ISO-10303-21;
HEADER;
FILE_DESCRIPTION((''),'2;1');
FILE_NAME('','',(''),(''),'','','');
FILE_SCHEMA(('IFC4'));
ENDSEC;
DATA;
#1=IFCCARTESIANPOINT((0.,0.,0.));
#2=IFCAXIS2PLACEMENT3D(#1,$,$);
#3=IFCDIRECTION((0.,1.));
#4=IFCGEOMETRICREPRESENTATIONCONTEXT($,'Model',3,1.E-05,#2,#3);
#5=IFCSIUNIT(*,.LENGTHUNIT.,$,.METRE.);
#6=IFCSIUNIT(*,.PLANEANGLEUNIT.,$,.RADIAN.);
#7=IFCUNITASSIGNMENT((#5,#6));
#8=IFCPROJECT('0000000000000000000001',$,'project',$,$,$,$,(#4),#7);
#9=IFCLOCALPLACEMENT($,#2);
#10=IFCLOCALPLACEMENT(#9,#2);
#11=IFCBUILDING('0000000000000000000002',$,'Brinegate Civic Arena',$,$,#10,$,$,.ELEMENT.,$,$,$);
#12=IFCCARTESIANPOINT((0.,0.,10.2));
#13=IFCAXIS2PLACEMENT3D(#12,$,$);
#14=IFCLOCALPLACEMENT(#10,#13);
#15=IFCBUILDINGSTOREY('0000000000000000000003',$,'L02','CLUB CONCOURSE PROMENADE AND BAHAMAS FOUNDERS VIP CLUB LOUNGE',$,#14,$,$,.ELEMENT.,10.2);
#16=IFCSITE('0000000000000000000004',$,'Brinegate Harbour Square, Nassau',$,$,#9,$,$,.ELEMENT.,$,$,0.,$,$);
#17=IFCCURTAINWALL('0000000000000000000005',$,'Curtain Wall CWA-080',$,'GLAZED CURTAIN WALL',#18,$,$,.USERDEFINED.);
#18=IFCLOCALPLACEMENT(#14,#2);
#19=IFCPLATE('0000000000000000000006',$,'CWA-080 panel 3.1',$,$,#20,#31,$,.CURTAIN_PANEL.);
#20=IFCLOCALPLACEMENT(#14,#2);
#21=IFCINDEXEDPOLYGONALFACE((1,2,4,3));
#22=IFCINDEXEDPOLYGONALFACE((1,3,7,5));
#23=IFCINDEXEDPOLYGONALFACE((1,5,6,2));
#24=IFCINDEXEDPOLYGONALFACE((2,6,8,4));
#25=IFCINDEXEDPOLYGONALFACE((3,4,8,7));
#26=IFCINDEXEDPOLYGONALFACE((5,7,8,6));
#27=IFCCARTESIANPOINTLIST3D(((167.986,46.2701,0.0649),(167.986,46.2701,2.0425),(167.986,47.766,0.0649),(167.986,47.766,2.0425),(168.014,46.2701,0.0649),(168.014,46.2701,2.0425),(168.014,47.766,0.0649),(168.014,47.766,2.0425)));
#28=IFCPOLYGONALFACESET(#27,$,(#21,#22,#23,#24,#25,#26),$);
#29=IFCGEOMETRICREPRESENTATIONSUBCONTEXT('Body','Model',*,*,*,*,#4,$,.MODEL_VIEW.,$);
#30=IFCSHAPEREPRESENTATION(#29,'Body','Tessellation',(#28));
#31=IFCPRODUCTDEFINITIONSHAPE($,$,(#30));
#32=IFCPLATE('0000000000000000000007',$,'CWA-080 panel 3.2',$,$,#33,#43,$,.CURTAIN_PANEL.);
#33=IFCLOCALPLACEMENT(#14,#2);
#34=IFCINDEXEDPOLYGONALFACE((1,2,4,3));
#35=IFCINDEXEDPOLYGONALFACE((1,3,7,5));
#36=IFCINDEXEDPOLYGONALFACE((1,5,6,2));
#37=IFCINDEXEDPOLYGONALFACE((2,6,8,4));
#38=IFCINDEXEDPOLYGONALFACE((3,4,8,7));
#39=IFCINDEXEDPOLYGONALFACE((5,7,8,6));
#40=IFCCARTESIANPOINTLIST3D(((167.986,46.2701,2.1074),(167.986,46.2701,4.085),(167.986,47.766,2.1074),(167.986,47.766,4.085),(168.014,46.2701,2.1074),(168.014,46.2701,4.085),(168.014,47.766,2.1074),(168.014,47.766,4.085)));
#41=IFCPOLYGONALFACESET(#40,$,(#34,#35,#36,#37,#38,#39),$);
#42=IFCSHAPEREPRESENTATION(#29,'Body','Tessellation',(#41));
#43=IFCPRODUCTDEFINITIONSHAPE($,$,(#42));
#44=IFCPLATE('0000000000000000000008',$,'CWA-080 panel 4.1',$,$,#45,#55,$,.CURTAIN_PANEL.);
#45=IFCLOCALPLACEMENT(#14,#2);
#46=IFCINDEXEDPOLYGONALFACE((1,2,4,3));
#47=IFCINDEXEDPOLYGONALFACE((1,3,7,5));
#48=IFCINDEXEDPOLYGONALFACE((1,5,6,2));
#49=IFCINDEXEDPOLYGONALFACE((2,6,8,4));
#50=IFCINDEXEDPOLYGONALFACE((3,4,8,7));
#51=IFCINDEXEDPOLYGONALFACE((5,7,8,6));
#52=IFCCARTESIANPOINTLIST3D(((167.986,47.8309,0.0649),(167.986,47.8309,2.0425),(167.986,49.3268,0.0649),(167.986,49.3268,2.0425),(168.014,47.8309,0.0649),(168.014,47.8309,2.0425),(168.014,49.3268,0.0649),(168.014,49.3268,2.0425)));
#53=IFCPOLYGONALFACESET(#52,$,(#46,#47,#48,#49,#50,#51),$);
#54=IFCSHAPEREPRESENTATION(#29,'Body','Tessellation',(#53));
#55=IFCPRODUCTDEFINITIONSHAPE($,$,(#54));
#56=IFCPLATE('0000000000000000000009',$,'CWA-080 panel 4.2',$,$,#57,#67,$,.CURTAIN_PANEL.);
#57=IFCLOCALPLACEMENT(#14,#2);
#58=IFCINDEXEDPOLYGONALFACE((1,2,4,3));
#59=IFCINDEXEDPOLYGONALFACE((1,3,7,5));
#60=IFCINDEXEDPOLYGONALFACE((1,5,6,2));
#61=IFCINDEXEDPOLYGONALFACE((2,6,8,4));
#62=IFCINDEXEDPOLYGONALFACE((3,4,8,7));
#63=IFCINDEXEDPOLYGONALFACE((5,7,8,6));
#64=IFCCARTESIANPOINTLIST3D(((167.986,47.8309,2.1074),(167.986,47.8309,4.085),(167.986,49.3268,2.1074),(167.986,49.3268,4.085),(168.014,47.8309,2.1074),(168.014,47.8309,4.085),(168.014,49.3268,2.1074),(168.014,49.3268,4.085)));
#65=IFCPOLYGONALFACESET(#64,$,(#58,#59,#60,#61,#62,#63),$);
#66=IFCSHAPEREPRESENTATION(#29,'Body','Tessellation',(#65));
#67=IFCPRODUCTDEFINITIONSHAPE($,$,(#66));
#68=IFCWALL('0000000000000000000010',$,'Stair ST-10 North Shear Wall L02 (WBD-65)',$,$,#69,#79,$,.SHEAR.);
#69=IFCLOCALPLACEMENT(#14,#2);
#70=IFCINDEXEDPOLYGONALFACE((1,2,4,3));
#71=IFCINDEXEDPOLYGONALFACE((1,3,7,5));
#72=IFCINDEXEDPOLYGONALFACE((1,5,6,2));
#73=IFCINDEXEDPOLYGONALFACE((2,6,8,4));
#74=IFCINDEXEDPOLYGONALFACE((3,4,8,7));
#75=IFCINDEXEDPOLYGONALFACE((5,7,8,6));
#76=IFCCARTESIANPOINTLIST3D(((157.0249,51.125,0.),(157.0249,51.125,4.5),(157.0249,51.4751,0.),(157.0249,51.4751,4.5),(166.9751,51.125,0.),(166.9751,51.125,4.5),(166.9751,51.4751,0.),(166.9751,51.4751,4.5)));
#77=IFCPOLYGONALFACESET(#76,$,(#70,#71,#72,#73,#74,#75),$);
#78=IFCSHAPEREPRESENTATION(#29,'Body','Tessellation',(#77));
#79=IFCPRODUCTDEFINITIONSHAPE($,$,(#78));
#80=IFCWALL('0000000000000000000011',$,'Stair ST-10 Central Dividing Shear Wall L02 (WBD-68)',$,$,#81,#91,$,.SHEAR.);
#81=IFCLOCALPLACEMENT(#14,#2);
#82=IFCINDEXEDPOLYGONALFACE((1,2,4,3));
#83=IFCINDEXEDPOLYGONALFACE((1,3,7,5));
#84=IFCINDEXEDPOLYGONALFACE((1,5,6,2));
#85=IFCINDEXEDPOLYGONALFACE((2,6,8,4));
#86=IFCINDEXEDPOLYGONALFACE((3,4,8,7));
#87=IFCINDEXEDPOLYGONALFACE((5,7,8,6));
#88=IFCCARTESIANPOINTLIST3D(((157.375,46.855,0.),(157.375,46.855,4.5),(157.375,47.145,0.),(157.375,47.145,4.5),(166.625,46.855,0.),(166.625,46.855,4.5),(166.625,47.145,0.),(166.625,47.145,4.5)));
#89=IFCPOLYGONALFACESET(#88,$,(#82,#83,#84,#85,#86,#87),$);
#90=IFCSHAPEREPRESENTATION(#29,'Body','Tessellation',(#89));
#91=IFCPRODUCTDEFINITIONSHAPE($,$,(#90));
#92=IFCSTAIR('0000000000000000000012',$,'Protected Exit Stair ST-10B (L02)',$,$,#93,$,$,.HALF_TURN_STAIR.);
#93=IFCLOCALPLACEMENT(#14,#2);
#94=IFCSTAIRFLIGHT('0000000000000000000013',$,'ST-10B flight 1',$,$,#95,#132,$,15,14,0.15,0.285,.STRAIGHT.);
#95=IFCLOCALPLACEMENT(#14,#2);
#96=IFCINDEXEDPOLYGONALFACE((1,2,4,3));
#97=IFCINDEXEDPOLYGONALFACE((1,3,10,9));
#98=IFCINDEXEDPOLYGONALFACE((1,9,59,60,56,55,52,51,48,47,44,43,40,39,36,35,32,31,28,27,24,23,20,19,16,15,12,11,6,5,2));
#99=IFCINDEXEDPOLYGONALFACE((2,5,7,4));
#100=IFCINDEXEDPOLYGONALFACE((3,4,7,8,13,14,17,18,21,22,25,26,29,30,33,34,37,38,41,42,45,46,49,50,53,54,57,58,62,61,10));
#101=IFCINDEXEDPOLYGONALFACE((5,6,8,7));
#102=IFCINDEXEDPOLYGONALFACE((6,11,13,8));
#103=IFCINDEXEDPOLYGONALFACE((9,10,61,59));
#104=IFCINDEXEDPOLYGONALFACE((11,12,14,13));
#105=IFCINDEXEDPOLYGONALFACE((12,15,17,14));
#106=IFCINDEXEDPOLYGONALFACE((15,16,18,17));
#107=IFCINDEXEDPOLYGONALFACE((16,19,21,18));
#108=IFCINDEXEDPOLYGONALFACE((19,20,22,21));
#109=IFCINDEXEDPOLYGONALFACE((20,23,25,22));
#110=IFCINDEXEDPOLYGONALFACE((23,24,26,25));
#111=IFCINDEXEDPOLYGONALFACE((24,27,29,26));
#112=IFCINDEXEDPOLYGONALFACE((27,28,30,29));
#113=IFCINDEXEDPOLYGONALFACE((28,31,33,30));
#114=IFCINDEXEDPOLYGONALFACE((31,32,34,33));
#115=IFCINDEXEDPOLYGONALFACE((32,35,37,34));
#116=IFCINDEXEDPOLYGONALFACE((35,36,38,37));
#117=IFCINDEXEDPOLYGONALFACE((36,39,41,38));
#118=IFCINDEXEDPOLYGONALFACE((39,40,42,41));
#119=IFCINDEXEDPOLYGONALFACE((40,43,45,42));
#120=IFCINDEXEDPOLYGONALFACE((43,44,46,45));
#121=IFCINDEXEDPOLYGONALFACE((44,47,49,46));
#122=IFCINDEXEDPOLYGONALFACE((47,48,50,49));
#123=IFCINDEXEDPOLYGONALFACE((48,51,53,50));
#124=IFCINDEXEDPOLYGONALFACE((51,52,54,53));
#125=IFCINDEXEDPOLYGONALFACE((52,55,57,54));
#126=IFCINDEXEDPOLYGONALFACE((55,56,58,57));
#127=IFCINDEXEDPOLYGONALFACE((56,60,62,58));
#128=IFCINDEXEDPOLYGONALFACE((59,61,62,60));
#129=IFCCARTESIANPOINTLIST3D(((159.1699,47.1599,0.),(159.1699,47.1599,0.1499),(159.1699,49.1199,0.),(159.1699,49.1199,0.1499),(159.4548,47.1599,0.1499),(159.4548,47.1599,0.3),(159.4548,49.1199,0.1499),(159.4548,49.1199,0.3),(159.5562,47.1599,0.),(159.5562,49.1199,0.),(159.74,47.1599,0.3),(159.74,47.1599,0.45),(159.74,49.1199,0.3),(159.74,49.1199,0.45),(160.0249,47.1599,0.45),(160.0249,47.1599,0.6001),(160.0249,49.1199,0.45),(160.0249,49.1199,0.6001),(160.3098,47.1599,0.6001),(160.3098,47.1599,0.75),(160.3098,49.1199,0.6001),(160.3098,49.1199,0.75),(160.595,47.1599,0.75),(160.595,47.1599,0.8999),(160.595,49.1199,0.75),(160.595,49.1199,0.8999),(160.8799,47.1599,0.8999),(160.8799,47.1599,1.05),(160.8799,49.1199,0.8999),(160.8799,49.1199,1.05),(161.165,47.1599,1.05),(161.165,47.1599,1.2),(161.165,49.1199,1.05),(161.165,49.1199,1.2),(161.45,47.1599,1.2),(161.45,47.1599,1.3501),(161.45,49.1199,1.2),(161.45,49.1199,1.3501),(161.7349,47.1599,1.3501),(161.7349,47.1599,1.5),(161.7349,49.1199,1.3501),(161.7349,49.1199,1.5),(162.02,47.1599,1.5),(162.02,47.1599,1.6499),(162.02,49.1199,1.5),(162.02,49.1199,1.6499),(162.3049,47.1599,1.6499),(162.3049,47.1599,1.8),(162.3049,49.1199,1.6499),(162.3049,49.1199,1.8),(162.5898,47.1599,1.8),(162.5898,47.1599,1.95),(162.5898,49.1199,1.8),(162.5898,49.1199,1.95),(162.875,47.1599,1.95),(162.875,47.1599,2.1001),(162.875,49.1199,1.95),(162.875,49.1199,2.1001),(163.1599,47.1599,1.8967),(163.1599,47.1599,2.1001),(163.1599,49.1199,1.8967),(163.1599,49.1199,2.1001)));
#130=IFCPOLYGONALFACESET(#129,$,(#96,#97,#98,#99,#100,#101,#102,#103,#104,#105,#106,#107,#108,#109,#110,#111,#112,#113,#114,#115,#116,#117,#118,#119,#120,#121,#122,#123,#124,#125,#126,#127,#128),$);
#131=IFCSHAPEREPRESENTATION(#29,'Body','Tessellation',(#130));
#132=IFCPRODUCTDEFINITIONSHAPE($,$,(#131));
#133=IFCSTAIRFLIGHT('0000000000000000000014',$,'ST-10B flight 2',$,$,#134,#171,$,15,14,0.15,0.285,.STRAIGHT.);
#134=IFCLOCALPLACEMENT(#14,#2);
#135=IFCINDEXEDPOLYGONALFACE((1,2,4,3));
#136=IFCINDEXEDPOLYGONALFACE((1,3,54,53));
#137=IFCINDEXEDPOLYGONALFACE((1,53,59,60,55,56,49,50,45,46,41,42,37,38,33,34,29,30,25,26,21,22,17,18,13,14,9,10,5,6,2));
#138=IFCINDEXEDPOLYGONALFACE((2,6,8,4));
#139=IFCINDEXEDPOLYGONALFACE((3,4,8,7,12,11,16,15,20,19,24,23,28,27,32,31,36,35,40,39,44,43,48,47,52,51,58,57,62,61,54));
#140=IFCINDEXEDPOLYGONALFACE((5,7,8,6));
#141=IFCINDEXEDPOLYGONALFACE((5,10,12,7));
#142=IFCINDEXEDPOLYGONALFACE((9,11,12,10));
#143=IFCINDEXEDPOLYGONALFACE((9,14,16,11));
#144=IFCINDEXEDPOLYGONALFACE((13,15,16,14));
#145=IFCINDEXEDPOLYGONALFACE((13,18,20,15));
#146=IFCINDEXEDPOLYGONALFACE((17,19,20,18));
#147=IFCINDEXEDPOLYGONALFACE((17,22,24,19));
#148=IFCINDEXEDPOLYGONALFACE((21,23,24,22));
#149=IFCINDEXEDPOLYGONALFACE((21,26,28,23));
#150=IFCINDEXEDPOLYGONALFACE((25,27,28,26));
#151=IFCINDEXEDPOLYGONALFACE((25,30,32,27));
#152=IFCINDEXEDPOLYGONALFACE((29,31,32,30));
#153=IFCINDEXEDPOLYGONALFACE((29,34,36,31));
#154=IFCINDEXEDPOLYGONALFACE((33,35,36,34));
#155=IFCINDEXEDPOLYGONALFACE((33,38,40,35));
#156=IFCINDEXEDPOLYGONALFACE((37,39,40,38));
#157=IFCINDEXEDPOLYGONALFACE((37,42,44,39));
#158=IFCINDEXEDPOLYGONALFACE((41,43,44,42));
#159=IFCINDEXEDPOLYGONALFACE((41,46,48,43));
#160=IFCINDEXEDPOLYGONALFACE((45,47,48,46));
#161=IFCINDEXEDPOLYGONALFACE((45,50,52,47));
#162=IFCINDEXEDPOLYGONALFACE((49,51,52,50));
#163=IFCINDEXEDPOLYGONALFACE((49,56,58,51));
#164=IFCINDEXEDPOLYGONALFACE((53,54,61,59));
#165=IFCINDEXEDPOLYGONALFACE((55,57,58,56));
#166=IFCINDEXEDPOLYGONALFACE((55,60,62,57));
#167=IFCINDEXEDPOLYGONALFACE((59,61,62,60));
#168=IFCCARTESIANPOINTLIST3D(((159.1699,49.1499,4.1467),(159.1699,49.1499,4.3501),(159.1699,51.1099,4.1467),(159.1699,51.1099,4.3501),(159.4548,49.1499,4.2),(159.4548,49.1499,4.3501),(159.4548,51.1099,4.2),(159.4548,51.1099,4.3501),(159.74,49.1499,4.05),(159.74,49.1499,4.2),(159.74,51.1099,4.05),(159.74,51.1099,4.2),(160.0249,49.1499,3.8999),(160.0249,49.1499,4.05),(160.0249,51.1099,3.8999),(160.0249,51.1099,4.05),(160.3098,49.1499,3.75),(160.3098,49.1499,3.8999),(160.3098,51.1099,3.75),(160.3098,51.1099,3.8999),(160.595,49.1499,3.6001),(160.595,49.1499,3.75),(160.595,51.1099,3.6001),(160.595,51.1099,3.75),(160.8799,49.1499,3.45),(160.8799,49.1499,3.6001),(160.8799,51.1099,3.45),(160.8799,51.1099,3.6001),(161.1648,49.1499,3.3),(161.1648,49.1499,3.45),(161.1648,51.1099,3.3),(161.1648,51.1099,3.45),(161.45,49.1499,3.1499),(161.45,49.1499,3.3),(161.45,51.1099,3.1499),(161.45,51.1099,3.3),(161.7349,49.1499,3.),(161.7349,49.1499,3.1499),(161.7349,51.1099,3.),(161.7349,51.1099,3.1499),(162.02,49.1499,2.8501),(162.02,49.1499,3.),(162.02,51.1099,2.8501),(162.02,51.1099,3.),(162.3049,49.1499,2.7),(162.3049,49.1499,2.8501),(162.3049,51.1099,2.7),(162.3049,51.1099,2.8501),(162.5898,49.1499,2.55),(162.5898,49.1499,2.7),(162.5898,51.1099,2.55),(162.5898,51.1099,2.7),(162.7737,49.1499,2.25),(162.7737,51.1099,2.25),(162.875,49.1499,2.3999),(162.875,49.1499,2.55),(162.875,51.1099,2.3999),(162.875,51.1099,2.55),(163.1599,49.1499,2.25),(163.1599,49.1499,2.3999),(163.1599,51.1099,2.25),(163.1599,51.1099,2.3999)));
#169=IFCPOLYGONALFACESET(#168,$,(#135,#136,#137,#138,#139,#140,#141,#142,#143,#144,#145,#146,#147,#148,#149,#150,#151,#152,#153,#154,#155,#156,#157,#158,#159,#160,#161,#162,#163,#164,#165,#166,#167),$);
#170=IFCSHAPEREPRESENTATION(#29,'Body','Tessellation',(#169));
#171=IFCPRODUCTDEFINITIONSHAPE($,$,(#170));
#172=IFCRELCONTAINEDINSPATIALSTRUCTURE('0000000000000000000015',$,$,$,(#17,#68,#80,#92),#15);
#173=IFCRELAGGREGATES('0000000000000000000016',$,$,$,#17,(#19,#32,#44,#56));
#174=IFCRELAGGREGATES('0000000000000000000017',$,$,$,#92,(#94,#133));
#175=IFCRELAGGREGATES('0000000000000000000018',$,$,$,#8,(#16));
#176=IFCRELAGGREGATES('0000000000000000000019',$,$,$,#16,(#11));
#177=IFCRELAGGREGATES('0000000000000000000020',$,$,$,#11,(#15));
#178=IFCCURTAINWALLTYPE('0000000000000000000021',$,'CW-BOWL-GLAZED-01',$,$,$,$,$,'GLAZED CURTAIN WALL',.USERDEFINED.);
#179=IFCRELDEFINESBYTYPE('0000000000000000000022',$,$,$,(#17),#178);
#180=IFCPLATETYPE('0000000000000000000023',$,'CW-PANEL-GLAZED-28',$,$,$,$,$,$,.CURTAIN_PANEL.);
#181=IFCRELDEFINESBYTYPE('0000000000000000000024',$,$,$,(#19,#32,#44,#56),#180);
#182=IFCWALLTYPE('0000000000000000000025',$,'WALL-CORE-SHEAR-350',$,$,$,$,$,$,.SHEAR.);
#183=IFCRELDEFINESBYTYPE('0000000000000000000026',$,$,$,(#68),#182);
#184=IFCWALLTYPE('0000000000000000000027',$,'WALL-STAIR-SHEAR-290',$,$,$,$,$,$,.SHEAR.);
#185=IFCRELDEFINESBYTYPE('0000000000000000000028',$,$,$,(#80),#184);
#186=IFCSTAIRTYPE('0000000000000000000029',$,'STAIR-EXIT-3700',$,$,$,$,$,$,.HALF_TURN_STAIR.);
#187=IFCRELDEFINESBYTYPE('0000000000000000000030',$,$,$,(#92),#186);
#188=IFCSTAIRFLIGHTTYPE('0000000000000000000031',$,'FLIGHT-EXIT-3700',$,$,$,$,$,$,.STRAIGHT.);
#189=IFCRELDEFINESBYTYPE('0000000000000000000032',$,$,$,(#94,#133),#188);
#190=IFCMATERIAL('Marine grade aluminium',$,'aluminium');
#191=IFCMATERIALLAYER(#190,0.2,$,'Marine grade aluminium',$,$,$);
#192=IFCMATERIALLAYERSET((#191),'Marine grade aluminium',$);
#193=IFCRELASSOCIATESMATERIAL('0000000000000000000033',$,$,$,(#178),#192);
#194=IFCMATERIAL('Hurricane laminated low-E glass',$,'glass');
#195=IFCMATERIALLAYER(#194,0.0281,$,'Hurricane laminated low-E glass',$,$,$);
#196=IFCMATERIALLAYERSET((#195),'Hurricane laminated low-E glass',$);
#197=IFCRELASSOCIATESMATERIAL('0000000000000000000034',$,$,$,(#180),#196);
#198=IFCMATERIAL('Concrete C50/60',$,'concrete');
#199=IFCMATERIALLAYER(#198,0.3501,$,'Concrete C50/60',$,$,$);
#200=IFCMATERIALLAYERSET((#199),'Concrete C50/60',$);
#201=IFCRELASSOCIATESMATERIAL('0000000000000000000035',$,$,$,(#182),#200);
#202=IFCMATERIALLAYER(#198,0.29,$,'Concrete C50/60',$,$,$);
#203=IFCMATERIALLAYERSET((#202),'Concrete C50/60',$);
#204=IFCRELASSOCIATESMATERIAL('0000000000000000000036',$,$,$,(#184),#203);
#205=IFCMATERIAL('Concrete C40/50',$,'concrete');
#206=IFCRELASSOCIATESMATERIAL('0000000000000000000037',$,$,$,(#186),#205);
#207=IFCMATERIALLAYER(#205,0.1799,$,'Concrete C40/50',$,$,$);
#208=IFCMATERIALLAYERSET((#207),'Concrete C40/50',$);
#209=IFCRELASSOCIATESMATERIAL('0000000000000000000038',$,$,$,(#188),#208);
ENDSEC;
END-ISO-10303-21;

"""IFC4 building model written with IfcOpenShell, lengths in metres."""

from ifc_helpers import new_model, si_unit, direction, frame, frame_2d, origin, origin_2d, place, context, subcontext, project, spatial, polyline, rectangle, outline, extrude, material, layer, layer_set, type_object, element, aggregate, save


model = new_model("IFC4")

# Units and contexts
model_context = context("Model", 3, precision=1e-05, world=origin(), true_north=direction((0.0, 1.0)))
body_context = subcontext(model_context, "Body", "Model", "MODEL_VIEW")
ifc_project = project(units=[si_unit("LENGTHUNIT", "METRE"), si_unit("PLANEANGLEUNIT", "RADIAN")], contexts=[model_context])

# Site, building, storey
site_placement = place(None, origin())
site = spatial("IfcSite", under=ifc_project, at=site_placement, Name="Brinegate Harbour Square, Nassau", CompositionType="ELEMENT", RefElevation=0.0)
building_placement = place(site_placement, origin())
building = spatial("IfcBuilding", under=site, at=building_placement, Name="Brinegate Civic Arena", CompositionType="ELEMENT")
storey_placement = place(building_placement, frame((0.0, 0.0, 10.2)))
storey = spatial("IfcBuildingStorey", under=building, at=storey_placement, Name="L02", Description="CLUB CONCOURSE PROMENADE AND BAHAMAS FOUNDERS VIP CLUB LOUNGE", CompositionType="ELEMENT", Elevation=10.2)

# Shared definitions
ifc_material_1 = material(Name="Concrete C50/60", Category="concrete")

# Curtain wall
ifc_material_2 = material(Name="Marine grade aluminium", Category="aluminium")
ifc_layer_1 = layer(ifc_material_2, 0.2, Name="Marine grade aluminium")
ifc_layer_set_1 = layer_set([ifc_layer_1], Name="Marine grade aluminium")
curtain_wall_type = type_object("IfcCurtainWallType", Name="CW-BOWL-GLAZED-01", ElementType="GLAZED CURTAIN WALL", PredefinedType="USERDEFINED", material=ifc_layer_set_1)
curtain_wall_placement = place(storey_placement, origin())
curtain_wall = element("IfcCurtainWall", 1, at=curtain_wall_placement, inside=storey, type_object=curtain_wall_type, Name="Curtain Wall CWA-080", ObjectType="GLAZED CURTAIN WALL", PredefinedType="USERDEFINED")

# Plates
ifc_material_3 = material(Name="Hurricane laminated low-E glass", Category="glass")
ifc_layer_2 = layer(ifc_material_3, 0.0281, Name="Hurricane laminated low-E glass")
ifc_layer_set_2 = layer_set([ifc_layer_2], Name="Hurricane laminated low-E glass")
plate_type = type_object("IfcPlateType", Name="CW-PANEL-GLAZED-28", PredefinedType="CURTAIN_PANEL", material=ifc_layer_set_2)
plate_1_placement = place(storey_placement, frame((168.0, 47.0181, 0.0649), z_axis=(0.0, 0.0, 1.0), x_axis=(0.0, 1.0, 0.0)))
plate_1 = element("IfcPlate", 2, at=plate_1_placement, type_object=plate_type, Name="CWA-080 panel 3.1", PredefinedType="CURTAIN_PANEL", context=body_context, shape_type="SweptSolid", body=[
    extrude(rectangle(XDim=1.4958, YDim=0.0281, at=origin_2d()), origin(), (0.0, 0.0, 1.0), 1.9775),
])
plate_2_placement = place(storey_placement, frame((168.0, 47.0181, 2.1074), z_axis=(0.0, 0.0, 1.0), x_axis=(0.0, 1.0, 0.0)))
plate_2 = element("IfcPlate", 3, at=plate_2_placement, type_object=plate_type, Name="CWA-080 panel 3.2", PredefinedType="CURTAIN_PANEL", context=body_context, shape_type="SweptSolid", body=[
    extrude(rectangle(XDim=1.4958, YDim=0.0281, at=origin_2d()), origin(), (0.0, 0.0, 1.0), 1.9775),
])
plate_3_placement = place(storey_placement, frame((168.0, 48.5789, 0.0649), z_axis=(0.0, 0.0, 1.0), x_axis=(0.0, 1.0, 0.0)))
plate_3 = element("IfcPlate", 4, at=plate_3_placement, type_object=plate_type, Name="CWA-080 panel 4.1", PredefinedType="CURTAIN_PANEL", context=body_context, shape_type="SweptSolid", body=[
    extrude(rectangle(XDim=1.4958, YDim=0.0281, at=origin_2d()), origin(), (0.0, 0.0, 1.0), 1.9775),
])
plate_4_placement = place(storey_placement, frame((168.0, 48.5789, 2.1074), z_axis=(0.0, 0.0, 1.0), x_axis=(0.0, 1.0, 0.0)))
plate_4 = element("IfcPlate", 5, at=plate_4_placement, type_object=plate_type, Name="CWA-080 panel 4.2", PredefinedType="CURTAIN_PANEL", context=body_context, shape_type="SweptSolid", body=[
    extrude(rectangle(XDim=1.4958, YDim=0.0281, at=origin_2d()), origin(), (0.0, 0.0, 1.0), 1.9775),
])
aggregate(curtain_wall, [plate_1, plate_2, plate_3, plate_4])

# Walls
ifc_layer_3 = layer(ifc_material_1, 0.3501, Name="Concrete C50/60")
ifc_layer_set_3 = layer_set([ifc_layer_3], Name="Concrete C50/60")
wall_type_1 = type_object("IfcWallType", Name="WALL-CORE-SHEAR-350", PredefinedType="SHEAR", material=ifc_layer_set_3)
wall_1_placement = place(storey_placement, frame((157.0249, 51.3, 0.0), z_axis=(0.0, 0.0, 1.0), x_axis=(1.0, 0.0, 0.0)))
element("IfcWall", 6, at=wall_1_placement, inside=storey, type_object=wall_type_1, Name="Stair ST-10 North Shear Wall L02 (WBD-65)", PredefinedType="SHEAR", context=body_context, shape_type="SweptSolid", body=[
    extrude(rectangle(XDim=9.9502, YDim=0.3501, at=frame_2d((4.9751, 0.0))), origin(), (0.0, 0.0, 1.0), 4.5),
])
ifc_layer_4 = layer(ifc_material_1, 0.29, Name="Concrete C50/60")
ifc_layer_set_4 = layer_set([ifc_layer_4], Name="Concrete C50/60")
wall_type_2 = type_object("IfcWallType", Name="WALL-STAIR-SHEAR-290", PredefinedType="SHEAR", material=ifc_layer_set_4)
wall_2_placement = place(storey_placement, frame((157.375, 47.0, 0.0), z_axis=(0.0, 0.0, 1.0), x_axis=(1.0, 0.0, 0.0)))
element("IfcWall", 7, at=wall_2_placement, inside=storey, type_object=wall_type_2, Name="Stair ST-10 Central Dividing Shear Wall L02 (WBD-68)", PredefinedType="SHEAR", context=body_context, shape_type="SweptSolid", body=[
    extrude(rectangle(XDim=9.25, YDim=0.29, at=frame_2d((4.625, 0.0))), origin(), (0.0, 0.0, 1.0), 4.5),
])

# Stair, stair flights
ifc_material_4 = material(Name="Concrete C40/50", Category="concrete")
stair_type_1 = type_object("IfcStairType", Name="STAIR-EXIT-3700", PredefinedType="HALF_TURN_STAIR", material=ifc_material_4)
stair_1_placement = place(storey_placement, origin())
stair_1 = element("IfcStair", 8, at=stair_1_placement, inside=storey, type_object=stair_type_1, Name="Protected Exit Stair ST-10B (L02)", PredefinedType="HALF_TURN_STAIR")
ifc_layer_5 = layer(ifc_material_4, 0.1799, Name="Concrete C40/50")
ifc_layer_set_5 = layer_set([ifc_layer_5], Name="Concrete C40/50")
stair_flight_type_1 = type_object("IfcStairFlightType", Name="FLIGHT-EXIT-3700", PredefinedType="STRAIGHT", material=ifc_layer_set_5)
stair_flight_1_placement = place(storey_placement, frame((159.1699, 48.1399, 0.0), z_axis=(0.0, 0.0, 1.0), x_axis=(1.0, 0.0, 0.0)))
stair_flight_1 = element("IfcStairFlight", 9, at=stair_flight_1_placement, type_object=stair_flight_type_1, Name="ST-10B flight 1", NumberOfRisers=15, NumberOfTreads=14, PredefinedType="STRAIGHT", RiserHeight=0.15, TreadLength=0.285, context=body_context, shape_type="SweptSolid", body=[
    extrude(outline(polyline([(0.0, 0.0), (0.0, 0.1499), (0.2849, 0.1499), (0.2849, 0.3), (0.5701, 0.3), (0.5701, 0.45), (0.855, 0.45), (0.855, 0.6001), (1.1399, 0.6001), (1.1399, 0.75), (1.425, 0.75), (1.425, 0.8999), (1.71, 0.8999), (1.71, 1.05), (1.9951, 1.05), (1.9951, 1.2), (2.28, 1.2), (2.28, 1.3501), (2.5649, 1.3501), (2.5649, 1.5), (2.8501, 1.5), (2.8501, 1.6499), (3.135, 1.6499), (3.135, 1.8), (3.4199, 1.8), (3.4199, 1.95), (3.7051, 1.95), (3.7051, 2.1001), (3.99, 2.1001), (3.99, 2.25), (3.99, 1.8967), (0.3862, 0.0), (0.0, 0.0)])), frame((0.0, 0.98, 0.0), z_axis=(0.0, -1.0, 0.0), x_axis=(1.0, 0.0, 0.0)), (0.0, 0.0, 1.0), 1.96),
])
stair_flight_2_placement = place(storey_placement, frame((163.1599, 50.1299, 2.25), z_axis=(0.0, 0.0, 1.0), x_axis=(-1.0, 0.0, 0.0)))
stair_flight_2 = element("IfcStairFlight", 10, at=stair_flight_2_placement, type_object=stair_flight_type_1, Name="ST-10B flight 2", NumberOfRisers=15, NumberOfTreads=14, PredefinedType="STRAIGHT", RiserHeight=0.15, TreadLength=0.285, context=body_context, shape_type="SweptSolid", body=[
    extrude(outline(polyline([(0.0, 0.0), (0.0, 0.1499), (0.2849, 0.1499), (0.2849, 0.3), (0.5701, 0.3), (0.5701, 0.45), (0.855, 0.45), (0.855, 0.6001), (1.1399, 0.6001), (1.1399, 0.75), (1.425, 0.75), (1.425, 0.8999), (1.71, 0.8999), (1.71, 1.05), (1.9951, 1.05), (1.9951, 1.2), (2.28, 1.2), (2.28, 1.3501), (2.5649, 1.3501), (2.5649, 1.5), (2.8501, 1.5), (2.8501, 1.6499), (3.135, 1.6499), (3.135, 1.8), (3.4199, 1.8), (3.4199, 1.95), (3.7051, 1.95), (3.7051, 2.1001), (3.99, 2.1001), (3.99, 2.25), (3.99, 1.8967), (0.3862, 0.0), (0.0, 0.0)])), frame((0.0, 0.98, 0.0), z_axis=(0.0, -1.0, 0.0), x_axis=(1.0, 0.0, 0.0)), (0.0, 0.0, 1.0), 1.96),
])
aggregate(stair_1, [stair_flight_1, stair_flight_2])

save(model, "model.ifc")
